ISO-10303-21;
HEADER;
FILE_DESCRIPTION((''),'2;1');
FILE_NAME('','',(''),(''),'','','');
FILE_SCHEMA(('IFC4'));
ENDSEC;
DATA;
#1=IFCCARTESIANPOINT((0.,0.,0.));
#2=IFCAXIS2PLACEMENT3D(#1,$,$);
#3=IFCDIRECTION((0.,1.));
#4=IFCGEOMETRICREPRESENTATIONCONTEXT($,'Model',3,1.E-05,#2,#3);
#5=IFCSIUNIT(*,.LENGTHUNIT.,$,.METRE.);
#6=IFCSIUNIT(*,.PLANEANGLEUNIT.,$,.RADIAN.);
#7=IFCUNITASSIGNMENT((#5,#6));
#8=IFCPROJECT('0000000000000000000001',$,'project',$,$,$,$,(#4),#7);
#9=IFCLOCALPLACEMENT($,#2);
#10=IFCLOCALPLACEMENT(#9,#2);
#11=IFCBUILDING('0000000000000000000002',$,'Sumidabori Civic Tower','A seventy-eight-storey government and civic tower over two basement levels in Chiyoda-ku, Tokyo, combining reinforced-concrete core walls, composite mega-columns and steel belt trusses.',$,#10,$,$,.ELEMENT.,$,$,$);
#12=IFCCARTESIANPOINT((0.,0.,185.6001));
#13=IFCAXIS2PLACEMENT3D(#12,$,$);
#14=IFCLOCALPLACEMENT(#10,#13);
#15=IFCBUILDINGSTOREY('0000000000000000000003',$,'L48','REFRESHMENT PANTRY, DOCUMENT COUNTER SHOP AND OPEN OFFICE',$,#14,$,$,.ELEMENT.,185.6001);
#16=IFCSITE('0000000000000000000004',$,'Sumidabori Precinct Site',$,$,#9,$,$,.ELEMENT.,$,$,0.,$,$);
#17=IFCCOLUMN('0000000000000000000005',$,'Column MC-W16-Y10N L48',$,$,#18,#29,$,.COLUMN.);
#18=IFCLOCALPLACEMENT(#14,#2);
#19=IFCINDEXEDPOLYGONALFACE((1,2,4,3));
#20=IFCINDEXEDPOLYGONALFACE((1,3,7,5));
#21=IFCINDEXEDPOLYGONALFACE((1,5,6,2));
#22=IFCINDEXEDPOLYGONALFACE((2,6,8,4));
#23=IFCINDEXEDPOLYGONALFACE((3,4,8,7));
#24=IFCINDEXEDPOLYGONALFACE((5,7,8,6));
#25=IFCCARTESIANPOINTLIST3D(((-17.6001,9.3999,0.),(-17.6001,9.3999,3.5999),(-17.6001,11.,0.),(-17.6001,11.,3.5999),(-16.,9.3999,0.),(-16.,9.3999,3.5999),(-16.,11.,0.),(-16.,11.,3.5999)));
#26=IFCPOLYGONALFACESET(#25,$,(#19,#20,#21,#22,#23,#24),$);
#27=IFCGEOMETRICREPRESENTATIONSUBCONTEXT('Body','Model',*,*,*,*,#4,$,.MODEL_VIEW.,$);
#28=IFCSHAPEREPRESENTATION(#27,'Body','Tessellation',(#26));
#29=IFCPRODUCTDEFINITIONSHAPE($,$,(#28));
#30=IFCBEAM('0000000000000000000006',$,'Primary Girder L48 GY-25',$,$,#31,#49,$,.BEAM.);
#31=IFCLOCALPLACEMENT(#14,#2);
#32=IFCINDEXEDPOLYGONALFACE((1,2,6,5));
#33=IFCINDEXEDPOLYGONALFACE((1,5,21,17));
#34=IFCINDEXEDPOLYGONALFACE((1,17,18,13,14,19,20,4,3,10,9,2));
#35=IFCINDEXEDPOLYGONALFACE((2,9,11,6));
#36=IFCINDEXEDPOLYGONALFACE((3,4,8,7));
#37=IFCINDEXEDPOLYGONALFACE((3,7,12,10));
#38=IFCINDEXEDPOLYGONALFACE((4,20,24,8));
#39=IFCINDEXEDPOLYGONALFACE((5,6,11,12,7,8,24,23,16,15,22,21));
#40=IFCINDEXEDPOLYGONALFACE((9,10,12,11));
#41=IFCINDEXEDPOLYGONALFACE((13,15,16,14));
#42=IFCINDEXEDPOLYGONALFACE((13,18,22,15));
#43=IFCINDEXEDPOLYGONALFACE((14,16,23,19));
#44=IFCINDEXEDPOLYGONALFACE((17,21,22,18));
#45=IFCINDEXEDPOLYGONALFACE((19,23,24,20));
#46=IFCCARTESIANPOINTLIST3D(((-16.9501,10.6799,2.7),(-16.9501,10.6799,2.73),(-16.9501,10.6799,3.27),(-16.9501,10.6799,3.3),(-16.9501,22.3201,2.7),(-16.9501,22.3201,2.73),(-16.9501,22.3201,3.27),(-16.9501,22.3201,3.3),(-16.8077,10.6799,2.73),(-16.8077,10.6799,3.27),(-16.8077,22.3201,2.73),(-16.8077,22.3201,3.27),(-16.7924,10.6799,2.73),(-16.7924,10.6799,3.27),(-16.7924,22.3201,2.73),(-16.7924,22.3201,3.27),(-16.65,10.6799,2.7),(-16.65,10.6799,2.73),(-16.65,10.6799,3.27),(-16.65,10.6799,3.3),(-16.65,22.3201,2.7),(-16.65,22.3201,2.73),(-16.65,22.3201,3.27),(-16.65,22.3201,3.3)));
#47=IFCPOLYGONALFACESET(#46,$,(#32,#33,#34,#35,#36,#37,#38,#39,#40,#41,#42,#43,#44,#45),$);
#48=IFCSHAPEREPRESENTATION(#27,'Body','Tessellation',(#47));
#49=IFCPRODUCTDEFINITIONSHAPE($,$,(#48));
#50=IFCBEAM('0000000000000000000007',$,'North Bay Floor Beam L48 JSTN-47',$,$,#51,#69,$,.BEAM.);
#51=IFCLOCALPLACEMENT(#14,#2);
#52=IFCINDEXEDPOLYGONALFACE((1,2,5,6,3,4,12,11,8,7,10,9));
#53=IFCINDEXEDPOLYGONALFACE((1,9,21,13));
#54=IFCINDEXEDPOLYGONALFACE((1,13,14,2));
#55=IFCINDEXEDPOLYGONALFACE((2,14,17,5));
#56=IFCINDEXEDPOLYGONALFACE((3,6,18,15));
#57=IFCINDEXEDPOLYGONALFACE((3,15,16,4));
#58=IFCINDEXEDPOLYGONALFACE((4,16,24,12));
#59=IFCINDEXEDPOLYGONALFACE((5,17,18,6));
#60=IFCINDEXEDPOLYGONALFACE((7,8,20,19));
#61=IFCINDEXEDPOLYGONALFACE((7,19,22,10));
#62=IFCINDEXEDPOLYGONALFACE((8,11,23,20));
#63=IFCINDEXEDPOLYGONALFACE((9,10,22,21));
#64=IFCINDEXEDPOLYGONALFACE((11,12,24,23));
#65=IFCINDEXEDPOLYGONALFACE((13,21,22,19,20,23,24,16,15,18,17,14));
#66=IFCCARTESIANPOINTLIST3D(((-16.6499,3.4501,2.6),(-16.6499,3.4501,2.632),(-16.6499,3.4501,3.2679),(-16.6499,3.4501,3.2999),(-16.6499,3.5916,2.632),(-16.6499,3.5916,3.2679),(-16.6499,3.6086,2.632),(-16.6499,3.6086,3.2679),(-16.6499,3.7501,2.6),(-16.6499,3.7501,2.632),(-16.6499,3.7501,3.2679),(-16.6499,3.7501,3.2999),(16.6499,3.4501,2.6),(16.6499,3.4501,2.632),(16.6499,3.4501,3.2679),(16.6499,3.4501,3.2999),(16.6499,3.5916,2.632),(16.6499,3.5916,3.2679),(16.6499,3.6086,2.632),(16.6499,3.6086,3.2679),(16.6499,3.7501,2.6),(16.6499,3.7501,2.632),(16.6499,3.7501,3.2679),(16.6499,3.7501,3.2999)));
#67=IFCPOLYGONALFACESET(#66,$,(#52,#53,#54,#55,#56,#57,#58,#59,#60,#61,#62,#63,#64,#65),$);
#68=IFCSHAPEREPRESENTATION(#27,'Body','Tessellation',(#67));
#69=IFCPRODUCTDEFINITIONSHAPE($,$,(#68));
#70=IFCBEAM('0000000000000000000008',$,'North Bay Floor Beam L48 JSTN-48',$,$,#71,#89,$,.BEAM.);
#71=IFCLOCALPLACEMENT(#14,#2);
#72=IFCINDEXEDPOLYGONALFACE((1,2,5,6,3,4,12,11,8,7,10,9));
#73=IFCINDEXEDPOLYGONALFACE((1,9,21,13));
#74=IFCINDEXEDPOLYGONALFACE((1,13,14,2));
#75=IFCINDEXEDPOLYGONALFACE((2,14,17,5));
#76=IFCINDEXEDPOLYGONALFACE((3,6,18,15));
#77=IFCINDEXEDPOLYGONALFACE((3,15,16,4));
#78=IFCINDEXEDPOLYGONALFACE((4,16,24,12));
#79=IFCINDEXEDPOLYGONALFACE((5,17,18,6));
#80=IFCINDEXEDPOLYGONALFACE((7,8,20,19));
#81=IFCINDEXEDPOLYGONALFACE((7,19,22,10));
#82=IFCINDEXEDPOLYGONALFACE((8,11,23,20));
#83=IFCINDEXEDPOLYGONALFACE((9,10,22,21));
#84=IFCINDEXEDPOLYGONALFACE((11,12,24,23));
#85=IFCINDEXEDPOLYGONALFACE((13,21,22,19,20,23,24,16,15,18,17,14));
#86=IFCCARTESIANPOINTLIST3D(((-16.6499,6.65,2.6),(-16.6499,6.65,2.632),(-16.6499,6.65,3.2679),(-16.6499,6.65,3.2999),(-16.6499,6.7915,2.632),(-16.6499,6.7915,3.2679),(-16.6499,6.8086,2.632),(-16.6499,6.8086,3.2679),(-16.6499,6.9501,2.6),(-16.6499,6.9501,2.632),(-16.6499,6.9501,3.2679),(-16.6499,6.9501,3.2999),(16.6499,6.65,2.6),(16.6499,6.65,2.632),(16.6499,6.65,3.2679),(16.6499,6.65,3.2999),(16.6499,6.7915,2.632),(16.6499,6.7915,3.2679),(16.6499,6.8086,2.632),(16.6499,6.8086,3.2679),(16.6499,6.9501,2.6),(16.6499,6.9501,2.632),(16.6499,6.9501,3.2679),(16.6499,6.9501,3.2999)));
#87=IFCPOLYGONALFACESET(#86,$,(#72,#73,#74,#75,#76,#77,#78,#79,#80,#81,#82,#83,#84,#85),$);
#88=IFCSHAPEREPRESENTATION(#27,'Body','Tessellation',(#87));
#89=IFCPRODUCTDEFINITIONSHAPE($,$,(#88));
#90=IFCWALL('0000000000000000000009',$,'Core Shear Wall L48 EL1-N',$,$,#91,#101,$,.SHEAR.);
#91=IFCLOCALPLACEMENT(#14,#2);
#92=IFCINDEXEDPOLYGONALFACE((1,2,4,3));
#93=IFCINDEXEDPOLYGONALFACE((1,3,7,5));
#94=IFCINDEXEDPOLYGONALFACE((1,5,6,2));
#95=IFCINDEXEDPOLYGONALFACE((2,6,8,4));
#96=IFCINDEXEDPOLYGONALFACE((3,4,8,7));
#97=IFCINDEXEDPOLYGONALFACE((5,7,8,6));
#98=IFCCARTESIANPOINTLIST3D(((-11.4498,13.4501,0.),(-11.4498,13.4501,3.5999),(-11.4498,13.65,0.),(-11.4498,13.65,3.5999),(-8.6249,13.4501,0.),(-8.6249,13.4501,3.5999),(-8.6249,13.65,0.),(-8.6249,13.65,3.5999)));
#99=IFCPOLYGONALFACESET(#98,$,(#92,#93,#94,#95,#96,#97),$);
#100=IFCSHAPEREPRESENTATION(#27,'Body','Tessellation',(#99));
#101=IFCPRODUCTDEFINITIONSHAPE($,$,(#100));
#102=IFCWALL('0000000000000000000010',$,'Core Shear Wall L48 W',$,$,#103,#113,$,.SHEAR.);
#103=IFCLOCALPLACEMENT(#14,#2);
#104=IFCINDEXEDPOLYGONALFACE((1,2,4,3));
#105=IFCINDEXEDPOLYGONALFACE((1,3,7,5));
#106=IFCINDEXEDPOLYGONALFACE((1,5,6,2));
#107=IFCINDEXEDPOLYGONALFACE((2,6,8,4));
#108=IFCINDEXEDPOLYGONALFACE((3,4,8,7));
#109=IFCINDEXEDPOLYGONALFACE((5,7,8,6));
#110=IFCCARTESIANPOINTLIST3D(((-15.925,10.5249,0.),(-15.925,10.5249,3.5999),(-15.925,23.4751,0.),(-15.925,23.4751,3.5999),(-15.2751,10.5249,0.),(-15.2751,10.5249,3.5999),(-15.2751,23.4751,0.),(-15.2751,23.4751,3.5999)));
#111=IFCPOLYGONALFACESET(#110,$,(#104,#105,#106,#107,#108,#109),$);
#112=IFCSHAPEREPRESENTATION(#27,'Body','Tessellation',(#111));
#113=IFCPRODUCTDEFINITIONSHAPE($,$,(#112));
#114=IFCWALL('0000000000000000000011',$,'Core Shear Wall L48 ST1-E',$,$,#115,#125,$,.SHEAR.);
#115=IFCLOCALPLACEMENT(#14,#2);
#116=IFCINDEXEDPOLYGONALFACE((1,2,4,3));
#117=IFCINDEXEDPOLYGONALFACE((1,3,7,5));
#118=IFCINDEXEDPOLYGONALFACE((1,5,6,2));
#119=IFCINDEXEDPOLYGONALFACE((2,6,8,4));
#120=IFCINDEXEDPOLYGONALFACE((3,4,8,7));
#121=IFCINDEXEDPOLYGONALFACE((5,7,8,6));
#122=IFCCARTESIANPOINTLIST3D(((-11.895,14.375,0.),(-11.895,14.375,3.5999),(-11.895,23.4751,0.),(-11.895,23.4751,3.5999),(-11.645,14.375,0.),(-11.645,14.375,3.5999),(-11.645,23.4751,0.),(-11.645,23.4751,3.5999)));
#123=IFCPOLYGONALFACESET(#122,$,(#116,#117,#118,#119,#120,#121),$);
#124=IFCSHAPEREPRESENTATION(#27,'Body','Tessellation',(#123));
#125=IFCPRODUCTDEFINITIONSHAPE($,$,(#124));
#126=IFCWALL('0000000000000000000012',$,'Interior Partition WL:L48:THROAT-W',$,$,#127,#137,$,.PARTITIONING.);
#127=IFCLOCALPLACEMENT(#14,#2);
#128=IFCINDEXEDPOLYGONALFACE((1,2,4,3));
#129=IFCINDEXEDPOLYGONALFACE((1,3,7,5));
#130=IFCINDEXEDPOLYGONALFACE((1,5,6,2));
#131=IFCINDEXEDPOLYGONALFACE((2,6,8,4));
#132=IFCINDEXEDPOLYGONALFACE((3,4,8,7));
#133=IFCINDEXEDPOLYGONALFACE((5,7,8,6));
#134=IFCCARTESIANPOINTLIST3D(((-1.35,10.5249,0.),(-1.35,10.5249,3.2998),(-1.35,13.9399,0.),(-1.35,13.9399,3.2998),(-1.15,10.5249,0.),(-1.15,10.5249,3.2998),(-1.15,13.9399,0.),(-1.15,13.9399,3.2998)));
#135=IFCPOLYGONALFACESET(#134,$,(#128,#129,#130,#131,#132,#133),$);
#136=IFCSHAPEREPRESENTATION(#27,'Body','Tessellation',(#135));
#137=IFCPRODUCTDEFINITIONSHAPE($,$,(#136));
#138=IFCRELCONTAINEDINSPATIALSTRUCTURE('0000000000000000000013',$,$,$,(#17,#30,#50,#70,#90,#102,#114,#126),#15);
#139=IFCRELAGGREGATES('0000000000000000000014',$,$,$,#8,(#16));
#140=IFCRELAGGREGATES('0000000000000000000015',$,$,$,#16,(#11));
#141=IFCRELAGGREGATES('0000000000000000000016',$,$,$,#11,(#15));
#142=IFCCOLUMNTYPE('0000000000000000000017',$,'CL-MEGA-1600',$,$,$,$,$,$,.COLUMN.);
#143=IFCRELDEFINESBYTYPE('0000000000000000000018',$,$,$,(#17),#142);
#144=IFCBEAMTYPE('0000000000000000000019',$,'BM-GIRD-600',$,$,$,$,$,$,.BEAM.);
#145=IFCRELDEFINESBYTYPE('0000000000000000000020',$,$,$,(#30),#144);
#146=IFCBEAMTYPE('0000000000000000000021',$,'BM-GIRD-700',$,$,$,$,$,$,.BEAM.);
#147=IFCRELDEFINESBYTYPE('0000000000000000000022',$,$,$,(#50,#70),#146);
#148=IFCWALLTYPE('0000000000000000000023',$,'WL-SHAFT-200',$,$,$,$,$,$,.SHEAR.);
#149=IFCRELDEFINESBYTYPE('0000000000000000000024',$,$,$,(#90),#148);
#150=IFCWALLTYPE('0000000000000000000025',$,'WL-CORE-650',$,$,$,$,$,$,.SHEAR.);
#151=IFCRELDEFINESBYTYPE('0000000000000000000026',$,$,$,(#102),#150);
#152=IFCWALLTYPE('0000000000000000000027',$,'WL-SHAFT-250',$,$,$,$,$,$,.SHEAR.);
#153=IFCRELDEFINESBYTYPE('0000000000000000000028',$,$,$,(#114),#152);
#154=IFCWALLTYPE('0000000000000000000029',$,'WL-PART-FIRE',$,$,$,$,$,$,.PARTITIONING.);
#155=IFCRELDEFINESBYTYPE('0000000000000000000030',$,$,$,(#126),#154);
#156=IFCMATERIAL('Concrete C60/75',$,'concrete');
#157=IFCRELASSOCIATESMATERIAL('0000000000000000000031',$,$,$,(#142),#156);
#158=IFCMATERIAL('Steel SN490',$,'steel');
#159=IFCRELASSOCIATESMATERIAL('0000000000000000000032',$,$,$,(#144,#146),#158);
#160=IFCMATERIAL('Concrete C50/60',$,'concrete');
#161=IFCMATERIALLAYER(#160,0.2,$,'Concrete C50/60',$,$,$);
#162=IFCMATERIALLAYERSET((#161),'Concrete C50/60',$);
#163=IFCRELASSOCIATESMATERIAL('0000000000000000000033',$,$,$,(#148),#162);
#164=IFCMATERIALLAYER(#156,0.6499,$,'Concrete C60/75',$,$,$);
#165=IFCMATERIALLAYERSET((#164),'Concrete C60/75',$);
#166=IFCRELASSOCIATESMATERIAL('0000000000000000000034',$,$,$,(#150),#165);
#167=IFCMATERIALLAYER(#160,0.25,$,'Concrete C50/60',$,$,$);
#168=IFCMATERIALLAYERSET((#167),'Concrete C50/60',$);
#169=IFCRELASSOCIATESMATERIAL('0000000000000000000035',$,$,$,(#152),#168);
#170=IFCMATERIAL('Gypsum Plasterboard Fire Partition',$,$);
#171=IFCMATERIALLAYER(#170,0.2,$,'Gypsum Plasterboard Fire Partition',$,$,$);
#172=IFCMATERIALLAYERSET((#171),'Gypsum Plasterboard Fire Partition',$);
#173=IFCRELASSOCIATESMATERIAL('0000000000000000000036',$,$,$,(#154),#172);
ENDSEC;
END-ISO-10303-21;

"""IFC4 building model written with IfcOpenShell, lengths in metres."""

from ifc_helpers import new_model, si_unit, direction, frame, frame_2d, origin, origin_2d, place, context, subcontext, project, spatial, rectangle, i_section, extrude, source, transform, mapped, material, layer, layer_set, material_profile, profile_set, type_object, element, save


model = new_model("IFC4")

# Units and contexts
model_context = context("Model", 3, precision=1e-05, world=origin(), true_north=direction((0.0, 1.0)))
body_context = subcontext(model_context, "Body", "Model", "MODEL_VIEW")
ifc_project = project(units=[si_unit("LENGTHUNIT", "METRE"), si_unit("PLANEANGLEUNIT", "RADIAN")], contexts=[model_context])

# Site, building, storey
site_placement = place(None, origin())
site = spatial("IfcSite", under=ifc_project, at=site_placement, Name="Sumidabori Precinct Site", CompositionType="ELEMENT", RefElevation=0.0)
building_placement = place(site_placement, origin())
building = spatial("IfcBuilding", under=site, at=building_placement, Name="Sumidabori Civic Tower", Description="A seventy-eight-storey government and civic tower over two basement levels in Chiyoda-ku, Tokyo, combining reinforced-concrete core walls, composite mega-columns and steel belt trusses.", CompositionType="ELEMENT")
storey_placement = place(building_placement, frame((0.0, 0.0, 185.6001)))
storey = spatial("IfcBuildingStorey", under=building, at=storey_placement, Name="L48", Description="REFRESHMENT PANTRY, DOCUMENT COUNTER SHOP AND OPEN OFFICE", CompositionType="ELEMENT", Elevation=185.6001)

# Column
ifc_material_1 = material(Name="Concrete C60/75", Category="concrete")
ifc_material_profile_1 = material_profile(ifc_material_1, rectangle(XDim=1.6001, YDim=1.6001, at=origin_2d()), Name="RC 1600x1600")
ifc_profile_set_1 = profile_set([ifc_material_profile_1], Name="Concrete C60/75")
column_type = type_object("IfcColumnType", Name="CL-MEGA-1600", PredefinedType="COLUMN", material=ifc_profile_set_1)
shared_shape_1 = source(origin(), body_context, "Body", "SweptSolid", [
    extrude(rectangle(XDim=1.6001, YDim=1.6001, at=origin_2d()), origin(), (0.0, 0.0, 1.0), 3.5999),
])
column_placement = place(storey_placement, frame((-16.8, 10.2, 0.0), z_axis=(0.0, 0.0, 1.0), x_axis=(1.0, 0.0, 0.0)))
element("IfcColumn", 1, at=column_placement, inside=storey, type_object=column_type, Name="Column MC-W16-Y10N L48", PredefinedType="COLUMN", context=body_context, shape_type="MappedRepresentation", body=[
    mapped(shared_shape_1, transform((0.0, 0.0, 0.0), x_axis=(1.0, 0.0, 0.0), y_axis=(0.0, 1.0, 0.0), z_axis=(0.0, 0.0, 1.0), scale=1.0)),
])

# Beams
ifc_material_2 = material(Name="Steel SN490", Category="steel")
ifc_material_profile_2 = material_profile(ifc_material_2, i_section(OverallWidth=0.3, OverallDepth=0.6001, WebThickness=0.0154, FlangeThickness=0.03, at=origin_2d()), Name="HE 600 B")
ifc_profile_set_2 = profile_set([ifc_material_profile_2], Name="Steel SN490")
beam_type_1 = type_object("IfcBeamType", Name="BM-GIRD-600", PredefinedType="BEAM", material=ifc_profile_set_2)
shared_shape_2 = source(origin(), body_context, "Body", "SweptSolid", [
    extrude(i_section(OverallWidth=0.3, OverallDepth=0.6001, WebThickness=0.0154, FlangeThickness=0.03, at=origin_2d()), origin(), (0.0, 0.0, 1.0), 11.6401),
])
beam_placement = place(storey_placement, frame((-16.8, 10.6799, 3.0), z_axis=(0.0, 1.0, 0.0), x_axis=(-1.0, 0.0, 0.0)))
element("IfcBeam", 2, at=beam_placement, inside=storey, type_object=beam_type_1, Name="Primary Girder L48 GY-25", PredefinedType="BEAM", context=body_context, shape_type="MappedRepresentation", body=[
    mapped(shared_shape_2, transform((0.0, 0.0, 0.0), x_axis=(1.0, 0.0, 0.0), y_axis=(0.0, 1.0, 0.0), z_axis=(0.0, 0.0, 1.0), scale=1.0)),
])
ifc_material_profile_3 = material_profile(ifc_material_2, i_section(OverallWidth=0.3, OverallDepth=0.7, WebThickness=0.0171, FlangeThickness=0.032, at=origin_2d()), Name="HE 700 B")
ifc_profile_set_3 = profile_set([ifc_material_profile_3], Name="Steel SN490")
beam_type_2 = type_object("IfcBeamType", Name="BM-GIRD-700", PredefinedType="BEAM", material=ifc_profile_set_3)
shared_shape_3 = source(origin(), body_context, "Body", "SweptSolid", [
    extrude(i_section(OverallWidth=0.3, OverallDepth=0.7, WebThickness=0.0171, FlangeThickness=0.032, at=origin_2d()), origin(), (0.0, 0.0, 1.0), 33.2998),
])
for number, where, z_axis, x_axis, name in (
    (3, (-16.6499, 3.6001, 2.95), (1.0, 0.0, 0.0), (0.0, 1.0, 0.0), "North Bay Floor Beam L48 JSTN-47"),
    (4, (-16.6499, 6.8, 2.95), (1.0, 0.0, 0.0), (0.0, 1.0, 0.0), "North Bay Floor Beam L48 JSTN-48"),
):
    element("IfcBeam", number, at=place(storey_placement, frame(where, z_axis=z_axis, x_axis=x_axis)), inside=storey, type_object=beam_type_2, Name=name, PredefinedType="BEAM", context=body_context, shape_type="MappedRepresentation", body=[
        mapped(shared_shape_3, transform((0.0, 0.0, 0.0), x_axis=(1.0, 0.0, 0.0), y_axis=(0.0, 1.0, 0.0), z_axis=(0.0, 0.0, 1.0), scale=1.0)),
    ])

# Wall
ifc_material_3 = material(Name="Concrete C50/60", Category="concrete")
ifc_layer_1 = layer(ifc_material_3, 0.2, Name="Concrete C50/60")
ifc_layer_set_1 = layer_set([ifc_layer_1], Name="Concrete C50/60")
wall_type_1 = type_object("IfcWallType", Name="WL-SHAFT-200", PredefinedType="SHEAR", material=ifc_layer_set_1)
shared_shape_4 = source(origin(), body_context, "Body", "SweptSolid", [
    extrude(rectangle(XDim=2.825, YDim=0.2, at=frame_2d((1.4126, 0.0))), origin(), (0.0, 0.0, 1.0), 3.5999),
])
wall_1_placement = place(storey_placement, frame((-11.45, 13.55, 0.0), z_axis=(0.0, 0.0, 1.0), x_axis=(1.0, 0.0, 0.0)))
element("IfcWall", 5, at=wall_1_placement, inside=storey, type_object=wall_type_1, Name="Core Shear Wall L48 EL1-N", PredefinedType="SHEAR", context=body_context, shape_type="MappedRepresentation", body=[
    mapped(shared_shape_4, transform((0.0, 0.0, 0.0), x_axis=(1.0, 0.0, 0.0), y_axis=(0.0, 1.0, 0.0), z_axis=(0.0, 0.0, 1.0), scale=1.0)),
])

# Shared definitions
ifc_layer_2 = layer(ifc_material_1, 0.6499, Name="Concrete C60/75")
ifc_layer_set_2 = layer_set([ifc_layer_2], Name="Concrete C60/75")
wall_type_2 = type_object("IfcWallType", Name="WL-CORE-650", PredefinedType="SHEAR", material=ifc_layer_set_2)

# Wall
shared_shape_5 = source(origin(), body_context, "Body", "SweptSolid", [
    extrude(rectangle(XDim=12.9502, YDim=0.6499, at=frame_2d((6.4751, 0.0))), origin(), (0.0, 0.0, 1.0), 3.5999),
])
wall_2_placement = place(storey_placement, frame((-15.6001, 10.5249, 0.0), z_axis=(0.0, 0.0, 1.0), x_axis=(0.0, 1.0, 0.0)))
element("IfcWall", 6, at=wall_2_placement, inside=storey, type_object=wall_type_2, Name="Core Shear Wall L48 W", PredefinedType="SHEAR", context=body_context, shape_type="MappedRepresentation", body=[
    mapped(shared_shape_5, transform((0.0, 0.0, 0.0), x_axis=(1.0, 0.0, 0.0), y_axis=(0.0, 1.0, 0.0), z_axis=(0.0, 0.0, 1.0), scale=1.0)),
])

# Shared definitions
ifc_layer_3 = layer(ifc_material_3, 0.25, Name="Concrete C50/60")
ifc_layer_set_3 = layer_set([ifc_layer_3], Name="Concrete C50/60")
wall_type_3 = type_object("IfcWallType", Name="WL-SHAFT-250", PredefinedType="SHEAR", material=ifc_layer_set_3)

# Wall
shared_shape_6 = source(origin(), body_context, "Body", "SweptSolid", [
    extrude(rectangle(XDim=9.1001, YDim=0.25, at=frame_2d((4.55, 0.0))), origin(), (0.0, 0.0, 1.0), 3.5999),
])
wall_3_placement = place(storey_placement, frame((-11.77, 14.375, 0.0), z_axis=(0.0, 0.0, 1.0), x_axis=(0.0, 1.0, 0.0)))
element("IfcWall", 7, at=wall_3_placement, inside=storey, type_object=wall_type_3, Name="Core Shear Wall L48 ST1-E", PredefinedType="SHEAR", context=body_context, shape_type="MappedRepresentation", body=[
    mapped(shared_shape_6, transform((0.0, 0.0, 0.0), x_axis=(1.0, 0.0, 0.0), y_axis=(0.0, 1.0, 0.0), z_axis=(0.0, 0.0, 1.0), scale=1.0)),
])

# Shared definitions
ifc_material_4 = material(Name="Gypsum Plasterboard Fire Partition")
ifc_layer_4 = layer(ifc_material_4, 0.2, Name="Gypsum Plasterboard Fire Partition")
ifc_layer_set_4 = layer_set([ifc_layer_4], Name="Gypsum Plasterboard Fire Partition")
wall_type_4 = type_object("IfcWallType", Name="WL-PART-FIRE", PredefinedType="PARTITIONING", material=ifc_layer_set_4)

# Wall
shared_shape_7 = source(origin(), body_context, "Body", "SweptSolid", [
    extrude(rectangle(XDim=3.415, YDim=0.2, at=frame_2d((1.7075, 0.0))), origin(), (0.0, 0.0, 1.0), 3.2998),
])
wall_4_placement = place(storey_placement, frame((-1.25, 10.5249, 0.0), z_axis=(0.0, 0.0, 1.0), x_axis=(0.0, 1.0, 0.0)))
element("IfcWall", 8, at=wall_4_placement, inside=storey, type_object=wall_type_4, Name="Interior Partition WL:L48:THROAT-W", PredefinedType="PARTITIONING", context=body_context, shape_type="MappedRepresentation", body=[
    mapped(shared_shape_7, transform((0.0, 0.0, 0.0), x_axis=(1.0, 0.0, 0.0), y_axis=(0.0, 1.0, 0.0), z_axis=(0.0, 0.0, 1.0), scale=1.0)),
])

save(model, "model.ifc")
